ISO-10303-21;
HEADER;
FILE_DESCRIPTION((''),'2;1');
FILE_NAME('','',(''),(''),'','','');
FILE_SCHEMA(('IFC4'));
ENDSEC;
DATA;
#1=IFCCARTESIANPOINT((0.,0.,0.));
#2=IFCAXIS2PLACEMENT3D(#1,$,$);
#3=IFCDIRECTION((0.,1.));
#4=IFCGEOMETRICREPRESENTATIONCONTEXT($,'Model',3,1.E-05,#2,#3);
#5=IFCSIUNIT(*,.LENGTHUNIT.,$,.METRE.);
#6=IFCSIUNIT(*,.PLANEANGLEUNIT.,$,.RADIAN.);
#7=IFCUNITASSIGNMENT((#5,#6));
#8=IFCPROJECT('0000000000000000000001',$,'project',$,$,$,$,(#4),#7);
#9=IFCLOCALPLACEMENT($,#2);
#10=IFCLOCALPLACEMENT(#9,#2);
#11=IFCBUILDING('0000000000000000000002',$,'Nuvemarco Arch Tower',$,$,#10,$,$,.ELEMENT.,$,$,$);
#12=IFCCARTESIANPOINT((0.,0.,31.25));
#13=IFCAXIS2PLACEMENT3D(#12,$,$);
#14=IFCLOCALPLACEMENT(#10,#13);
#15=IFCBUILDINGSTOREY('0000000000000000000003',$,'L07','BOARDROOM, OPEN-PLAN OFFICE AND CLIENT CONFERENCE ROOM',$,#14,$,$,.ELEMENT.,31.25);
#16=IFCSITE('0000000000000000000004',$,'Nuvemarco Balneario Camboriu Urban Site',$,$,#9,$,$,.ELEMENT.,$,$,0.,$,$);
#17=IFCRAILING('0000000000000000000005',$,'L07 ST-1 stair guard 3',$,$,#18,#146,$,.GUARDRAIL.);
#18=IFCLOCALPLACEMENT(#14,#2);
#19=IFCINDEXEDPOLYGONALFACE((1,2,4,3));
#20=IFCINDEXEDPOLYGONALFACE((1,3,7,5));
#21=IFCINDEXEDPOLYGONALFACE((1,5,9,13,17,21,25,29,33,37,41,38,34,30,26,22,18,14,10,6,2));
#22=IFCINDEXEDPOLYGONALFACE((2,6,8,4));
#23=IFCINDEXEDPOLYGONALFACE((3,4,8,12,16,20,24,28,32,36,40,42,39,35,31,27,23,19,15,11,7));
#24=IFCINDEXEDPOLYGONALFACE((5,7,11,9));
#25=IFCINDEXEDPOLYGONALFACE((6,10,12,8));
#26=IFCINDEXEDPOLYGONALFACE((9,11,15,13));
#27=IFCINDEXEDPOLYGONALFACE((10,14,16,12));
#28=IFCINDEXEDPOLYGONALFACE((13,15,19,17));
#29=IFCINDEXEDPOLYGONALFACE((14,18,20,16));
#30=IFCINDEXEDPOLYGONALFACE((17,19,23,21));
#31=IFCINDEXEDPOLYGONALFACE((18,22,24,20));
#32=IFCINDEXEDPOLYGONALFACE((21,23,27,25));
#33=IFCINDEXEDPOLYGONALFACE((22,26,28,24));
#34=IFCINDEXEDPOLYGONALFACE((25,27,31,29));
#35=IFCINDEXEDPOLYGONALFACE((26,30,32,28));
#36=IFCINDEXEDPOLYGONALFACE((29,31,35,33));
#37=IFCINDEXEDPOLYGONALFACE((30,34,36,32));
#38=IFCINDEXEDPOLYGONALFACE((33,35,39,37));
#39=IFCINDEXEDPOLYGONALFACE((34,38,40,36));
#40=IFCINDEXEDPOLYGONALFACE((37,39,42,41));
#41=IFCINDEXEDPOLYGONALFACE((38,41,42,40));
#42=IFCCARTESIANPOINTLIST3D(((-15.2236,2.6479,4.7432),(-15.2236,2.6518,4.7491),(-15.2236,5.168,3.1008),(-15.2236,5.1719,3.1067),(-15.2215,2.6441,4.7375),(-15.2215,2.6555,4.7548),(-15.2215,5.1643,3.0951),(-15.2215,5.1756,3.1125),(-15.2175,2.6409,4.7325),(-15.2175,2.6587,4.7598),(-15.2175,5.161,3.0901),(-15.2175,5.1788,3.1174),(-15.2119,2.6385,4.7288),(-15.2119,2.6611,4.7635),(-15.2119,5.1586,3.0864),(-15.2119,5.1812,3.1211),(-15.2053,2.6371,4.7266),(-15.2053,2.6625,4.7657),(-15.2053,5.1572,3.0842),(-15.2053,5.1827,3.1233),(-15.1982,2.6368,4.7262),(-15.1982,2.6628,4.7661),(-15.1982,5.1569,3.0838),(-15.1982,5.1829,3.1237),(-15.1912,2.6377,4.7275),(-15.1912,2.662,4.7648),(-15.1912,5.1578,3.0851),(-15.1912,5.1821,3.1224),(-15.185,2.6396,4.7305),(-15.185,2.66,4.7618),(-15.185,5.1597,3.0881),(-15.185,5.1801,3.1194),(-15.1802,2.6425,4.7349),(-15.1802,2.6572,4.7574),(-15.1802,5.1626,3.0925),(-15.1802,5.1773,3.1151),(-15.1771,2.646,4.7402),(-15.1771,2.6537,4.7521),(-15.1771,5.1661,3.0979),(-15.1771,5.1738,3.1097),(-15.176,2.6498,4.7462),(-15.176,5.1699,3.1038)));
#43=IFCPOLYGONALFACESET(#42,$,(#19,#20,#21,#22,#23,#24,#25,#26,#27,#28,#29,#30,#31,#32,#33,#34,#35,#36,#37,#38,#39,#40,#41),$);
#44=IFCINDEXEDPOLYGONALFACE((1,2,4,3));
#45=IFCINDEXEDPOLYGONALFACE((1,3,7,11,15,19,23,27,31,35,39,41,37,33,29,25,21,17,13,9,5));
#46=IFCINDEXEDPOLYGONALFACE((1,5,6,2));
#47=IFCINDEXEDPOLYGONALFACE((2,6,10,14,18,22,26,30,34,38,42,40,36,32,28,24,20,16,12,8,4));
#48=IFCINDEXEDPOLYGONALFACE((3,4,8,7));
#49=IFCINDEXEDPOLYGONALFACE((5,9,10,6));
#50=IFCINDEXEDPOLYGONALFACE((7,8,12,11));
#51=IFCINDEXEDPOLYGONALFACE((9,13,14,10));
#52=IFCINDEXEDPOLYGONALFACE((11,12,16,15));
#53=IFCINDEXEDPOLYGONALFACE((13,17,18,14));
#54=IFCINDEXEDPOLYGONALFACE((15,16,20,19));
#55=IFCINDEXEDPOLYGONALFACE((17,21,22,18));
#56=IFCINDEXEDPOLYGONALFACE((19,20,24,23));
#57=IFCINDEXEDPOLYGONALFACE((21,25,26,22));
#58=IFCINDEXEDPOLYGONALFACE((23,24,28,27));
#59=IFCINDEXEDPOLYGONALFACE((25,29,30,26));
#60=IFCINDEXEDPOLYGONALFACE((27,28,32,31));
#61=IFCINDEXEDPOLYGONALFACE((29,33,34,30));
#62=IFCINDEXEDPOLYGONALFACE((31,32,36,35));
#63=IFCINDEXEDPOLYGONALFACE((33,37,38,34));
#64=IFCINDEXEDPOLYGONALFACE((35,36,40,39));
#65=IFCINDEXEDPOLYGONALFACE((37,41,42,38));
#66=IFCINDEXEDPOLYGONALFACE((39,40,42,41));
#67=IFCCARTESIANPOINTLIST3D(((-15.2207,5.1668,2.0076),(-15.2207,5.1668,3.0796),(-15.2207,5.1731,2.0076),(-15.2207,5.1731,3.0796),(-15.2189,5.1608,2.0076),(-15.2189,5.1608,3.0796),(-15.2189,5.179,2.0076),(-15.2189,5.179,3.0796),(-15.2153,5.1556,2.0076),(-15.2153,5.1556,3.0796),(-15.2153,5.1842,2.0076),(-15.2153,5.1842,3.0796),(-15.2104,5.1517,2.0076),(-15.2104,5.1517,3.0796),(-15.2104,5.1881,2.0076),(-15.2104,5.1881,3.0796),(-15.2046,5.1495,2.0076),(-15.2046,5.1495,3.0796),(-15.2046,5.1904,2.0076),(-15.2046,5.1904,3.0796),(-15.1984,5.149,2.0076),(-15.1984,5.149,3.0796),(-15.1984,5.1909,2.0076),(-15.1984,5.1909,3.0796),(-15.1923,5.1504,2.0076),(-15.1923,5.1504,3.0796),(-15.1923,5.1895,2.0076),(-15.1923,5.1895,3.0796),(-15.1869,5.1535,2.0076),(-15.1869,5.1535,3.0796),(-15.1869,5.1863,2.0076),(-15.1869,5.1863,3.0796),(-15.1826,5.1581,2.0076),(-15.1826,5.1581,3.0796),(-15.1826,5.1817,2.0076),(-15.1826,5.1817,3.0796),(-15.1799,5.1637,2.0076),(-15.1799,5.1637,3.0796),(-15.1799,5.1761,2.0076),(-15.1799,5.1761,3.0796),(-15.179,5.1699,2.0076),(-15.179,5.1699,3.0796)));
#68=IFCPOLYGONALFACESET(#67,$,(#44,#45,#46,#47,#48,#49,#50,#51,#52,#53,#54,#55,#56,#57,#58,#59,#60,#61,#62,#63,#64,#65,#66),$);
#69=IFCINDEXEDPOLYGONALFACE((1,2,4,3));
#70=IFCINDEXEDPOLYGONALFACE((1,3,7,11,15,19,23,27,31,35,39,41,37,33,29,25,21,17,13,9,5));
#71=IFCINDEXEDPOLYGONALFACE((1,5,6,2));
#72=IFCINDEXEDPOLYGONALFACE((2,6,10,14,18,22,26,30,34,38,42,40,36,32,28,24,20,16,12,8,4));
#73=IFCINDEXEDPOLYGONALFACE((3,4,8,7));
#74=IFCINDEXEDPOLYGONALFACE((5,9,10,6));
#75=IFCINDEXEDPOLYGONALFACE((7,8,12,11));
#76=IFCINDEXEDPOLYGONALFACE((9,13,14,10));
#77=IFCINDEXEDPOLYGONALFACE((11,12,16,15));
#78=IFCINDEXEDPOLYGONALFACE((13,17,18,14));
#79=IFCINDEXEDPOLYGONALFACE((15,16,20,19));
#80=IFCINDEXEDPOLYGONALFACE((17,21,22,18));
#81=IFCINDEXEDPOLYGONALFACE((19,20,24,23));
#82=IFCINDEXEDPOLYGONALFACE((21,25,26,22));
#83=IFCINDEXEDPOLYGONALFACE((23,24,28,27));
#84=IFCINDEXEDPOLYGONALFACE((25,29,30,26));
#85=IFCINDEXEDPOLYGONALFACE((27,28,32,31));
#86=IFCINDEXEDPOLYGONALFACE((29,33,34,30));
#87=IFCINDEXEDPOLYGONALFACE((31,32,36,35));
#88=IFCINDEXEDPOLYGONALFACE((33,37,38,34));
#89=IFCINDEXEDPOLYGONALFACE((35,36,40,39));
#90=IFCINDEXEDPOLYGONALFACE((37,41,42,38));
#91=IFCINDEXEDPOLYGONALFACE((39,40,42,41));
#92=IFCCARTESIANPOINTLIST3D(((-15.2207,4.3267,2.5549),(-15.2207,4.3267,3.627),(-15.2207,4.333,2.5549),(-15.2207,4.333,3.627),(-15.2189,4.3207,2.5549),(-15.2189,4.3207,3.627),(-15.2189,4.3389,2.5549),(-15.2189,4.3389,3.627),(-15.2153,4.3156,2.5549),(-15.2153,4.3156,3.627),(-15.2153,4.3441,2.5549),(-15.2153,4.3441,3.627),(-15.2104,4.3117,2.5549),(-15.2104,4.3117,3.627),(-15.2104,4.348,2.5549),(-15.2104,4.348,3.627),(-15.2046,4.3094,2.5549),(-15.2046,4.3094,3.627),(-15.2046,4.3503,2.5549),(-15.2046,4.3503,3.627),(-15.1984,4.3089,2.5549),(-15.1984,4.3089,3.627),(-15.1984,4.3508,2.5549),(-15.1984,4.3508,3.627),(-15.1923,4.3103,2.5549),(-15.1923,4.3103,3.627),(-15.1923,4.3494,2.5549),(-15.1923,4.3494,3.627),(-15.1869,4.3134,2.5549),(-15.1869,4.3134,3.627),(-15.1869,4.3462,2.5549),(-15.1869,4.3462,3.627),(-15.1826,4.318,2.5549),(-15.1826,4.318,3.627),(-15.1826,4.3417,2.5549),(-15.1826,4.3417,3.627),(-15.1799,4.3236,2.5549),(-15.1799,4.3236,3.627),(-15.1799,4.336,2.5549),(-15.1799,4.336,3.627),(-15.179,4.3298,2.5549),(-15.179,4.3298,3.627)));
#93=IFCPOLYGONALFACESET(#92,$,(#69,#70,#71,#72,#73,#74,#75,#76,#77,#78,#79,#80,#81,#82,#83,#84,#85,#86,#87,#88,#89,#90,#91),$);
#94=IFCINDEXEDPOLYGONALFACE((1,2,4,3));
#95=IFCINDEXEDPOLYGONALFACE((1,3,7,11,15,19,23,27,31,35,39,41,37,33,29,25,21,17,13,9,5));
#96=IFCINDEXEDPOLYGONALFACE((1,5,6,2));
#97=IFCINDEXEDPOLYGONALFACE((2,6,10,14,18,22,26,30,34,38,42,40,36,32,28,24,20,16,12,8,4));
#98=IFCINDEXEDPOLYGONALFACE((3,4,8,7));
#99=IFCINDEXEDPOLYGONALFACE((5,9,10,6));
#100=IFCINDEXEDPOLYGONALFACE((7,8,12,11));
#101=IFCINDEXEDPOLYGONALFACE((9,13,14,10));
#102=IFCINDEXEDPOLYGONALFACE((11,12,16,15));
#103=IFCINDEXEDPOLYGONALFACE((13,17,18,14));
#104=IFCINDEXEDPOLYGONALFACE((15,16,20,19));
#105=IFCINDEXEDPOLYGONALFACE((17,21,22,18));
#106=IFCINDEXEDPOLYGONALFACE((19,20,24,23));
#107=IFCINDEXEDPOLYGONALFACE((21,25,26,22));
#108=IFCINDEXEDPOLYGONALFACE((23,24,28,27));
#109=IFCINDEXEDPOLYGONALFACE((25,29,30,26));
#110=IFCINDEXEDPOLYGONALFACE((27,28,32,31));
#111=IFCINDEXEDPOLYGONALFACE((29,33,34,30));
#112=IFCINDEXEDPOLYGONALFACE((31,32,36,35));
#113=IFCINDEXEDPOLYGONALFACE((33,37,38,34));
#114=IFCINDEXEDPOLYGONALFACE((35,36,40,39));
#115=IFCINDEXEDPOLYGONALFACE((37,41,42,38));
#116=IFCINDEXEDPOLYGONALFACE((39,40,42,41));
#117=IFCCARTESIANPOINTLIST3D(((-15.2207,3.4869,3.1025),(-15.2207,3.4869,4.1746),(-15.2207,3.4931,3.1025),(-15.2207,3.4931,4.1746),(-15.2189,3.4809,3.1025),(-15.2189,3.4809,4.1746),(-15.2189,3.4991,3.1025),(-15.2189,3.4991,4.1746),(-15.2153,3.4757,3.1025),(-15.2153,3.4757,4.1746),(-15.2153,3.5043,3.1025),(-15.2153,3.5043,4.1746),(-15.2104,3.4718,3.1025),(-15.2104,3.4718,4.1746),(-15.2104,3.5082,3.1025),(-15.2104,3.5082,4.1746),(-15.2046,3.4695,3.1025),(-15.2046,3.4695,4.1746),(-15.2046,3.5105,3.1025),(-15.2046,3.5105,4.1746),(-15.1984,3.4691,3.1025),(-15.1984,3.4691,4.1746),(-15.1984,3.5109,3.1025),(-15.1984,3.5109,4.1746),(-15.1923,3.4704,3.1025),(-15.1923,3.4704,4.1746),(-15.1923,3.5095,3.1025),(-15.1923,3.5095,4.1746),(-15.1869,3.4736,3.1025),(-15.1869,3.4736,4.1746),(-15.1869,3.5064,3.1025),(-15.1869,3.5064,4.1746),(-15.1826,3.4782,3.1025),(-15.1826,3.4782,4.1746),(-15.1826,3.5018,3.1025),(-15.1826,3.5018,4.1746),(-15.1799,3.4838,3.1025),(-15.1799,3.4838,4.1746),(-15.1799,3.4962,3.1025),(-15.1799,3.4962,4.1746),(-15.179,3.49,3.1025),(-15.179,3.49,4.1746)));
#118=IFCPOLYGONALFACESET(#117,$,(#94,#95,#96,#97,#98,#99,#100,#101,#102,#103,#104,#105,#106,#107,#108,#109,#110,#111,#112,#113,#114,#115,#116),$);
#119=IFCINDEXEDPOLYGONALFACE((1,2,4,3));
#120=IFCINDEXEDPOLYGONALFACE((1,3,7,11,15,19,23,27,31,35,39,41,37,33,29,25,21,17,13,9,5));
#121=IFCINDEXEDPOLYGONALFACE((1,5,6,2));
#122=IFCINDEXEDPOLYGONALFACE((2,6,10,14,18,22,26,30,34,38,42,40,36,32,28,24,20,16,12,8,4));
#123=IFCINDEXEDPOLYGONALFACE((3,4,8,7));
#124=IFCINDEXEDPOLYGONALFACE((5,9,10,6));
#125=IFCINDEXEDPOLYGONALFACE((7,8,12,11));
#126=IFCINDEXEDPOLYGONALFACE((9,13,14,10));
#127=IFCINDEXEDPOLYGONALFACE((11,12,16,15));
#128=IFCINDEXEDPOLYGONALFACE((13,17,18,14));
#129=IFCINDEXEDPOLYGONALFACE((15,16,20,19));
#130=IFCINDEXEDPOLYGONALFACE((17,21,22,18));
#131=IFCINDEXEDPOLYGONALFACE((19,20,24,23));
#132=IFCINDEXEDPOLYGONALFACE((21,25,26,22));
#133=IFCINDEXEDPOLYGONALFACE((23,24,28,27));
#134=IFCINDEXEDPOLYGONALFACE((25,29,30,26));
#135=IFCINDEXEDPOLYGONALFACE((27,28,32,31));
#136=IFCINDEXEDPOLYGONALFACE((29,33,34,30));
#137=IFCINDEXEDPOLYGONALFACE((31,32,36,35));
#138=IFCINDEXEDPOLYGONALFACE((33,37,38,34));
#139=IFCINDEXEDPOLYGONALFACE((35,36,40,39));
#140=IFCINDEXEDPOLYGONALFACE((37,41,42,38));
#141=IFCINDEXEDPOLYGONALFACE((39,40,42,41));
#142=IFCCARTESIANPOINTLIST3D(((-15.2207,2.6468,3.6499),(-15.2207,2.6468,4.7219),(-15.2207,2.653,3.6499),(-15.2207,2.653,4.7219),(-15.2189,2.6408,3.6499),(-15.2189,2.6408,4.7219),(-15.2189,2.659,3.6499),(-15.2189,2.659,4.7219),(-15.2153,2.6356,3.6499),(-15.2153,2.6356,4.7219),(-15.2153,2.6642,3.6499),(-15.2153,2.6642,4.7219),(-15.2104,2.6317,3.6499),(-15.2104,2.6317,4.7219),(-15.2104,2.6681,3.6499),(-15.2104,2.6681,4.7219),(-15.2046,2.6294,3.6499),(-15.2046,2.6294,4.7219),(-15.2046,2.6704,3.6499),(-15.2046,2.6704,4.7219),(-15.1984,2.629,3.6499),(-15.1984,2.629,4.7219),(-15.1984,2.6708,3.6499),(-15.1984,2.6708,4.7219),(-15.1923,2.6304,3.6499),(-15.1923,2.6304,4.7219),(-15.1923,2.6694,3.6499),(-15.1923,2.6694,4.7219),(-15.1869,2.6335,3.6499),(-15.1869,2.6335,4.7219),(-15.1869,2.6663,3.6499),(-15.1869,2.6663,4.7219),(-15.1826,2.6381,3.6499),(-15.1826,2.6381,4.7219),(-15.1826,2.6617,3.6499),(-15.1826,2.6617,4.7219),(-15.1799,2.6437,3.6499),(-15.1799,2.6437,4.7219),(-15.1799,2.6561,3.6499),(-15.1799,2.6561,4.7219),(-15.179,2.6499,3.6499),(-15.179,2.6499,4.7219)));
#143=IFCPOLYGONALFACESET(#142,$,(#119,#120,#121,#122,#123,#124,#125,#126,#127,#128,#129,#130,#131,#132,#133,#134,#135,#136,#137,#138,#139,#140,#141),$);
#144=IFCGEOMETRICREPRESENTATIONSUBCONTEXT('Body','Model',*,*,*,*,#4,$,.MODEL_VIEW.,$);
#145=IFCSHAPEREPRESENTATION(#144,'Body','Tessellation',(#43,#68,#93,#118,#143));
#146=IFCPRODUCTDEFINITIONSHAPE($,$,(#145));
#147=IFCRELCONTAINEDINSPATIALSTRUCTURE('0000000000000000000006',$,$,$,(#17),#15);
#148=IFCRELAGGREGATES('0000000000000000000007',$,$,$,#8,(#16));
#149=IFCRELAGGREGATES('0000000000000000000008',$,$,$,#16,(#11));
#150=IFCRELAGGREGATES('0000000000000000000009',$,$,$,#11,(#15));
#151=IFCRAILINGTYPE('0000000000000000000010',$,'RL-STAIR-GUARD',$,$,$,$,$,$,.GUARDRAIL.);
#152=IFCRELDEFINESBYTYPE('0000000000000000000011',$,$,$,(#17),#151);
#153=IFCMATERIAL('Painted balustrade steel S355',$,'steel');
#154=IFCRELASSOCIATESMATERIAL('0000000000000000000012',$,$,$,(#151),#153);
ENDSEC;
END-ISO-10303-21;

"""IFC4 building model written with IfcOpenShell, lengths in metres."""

from ifc_helpers import new_model, si_unit, direction, frame, origin, origin_2d, place, context, subcontext, project, spatial, circle, extrude, material, type_object, element, save


model = new_model("IFC4")

# Units and contexts
model_context = context("Model", 3, precision=1e-05, world=origin(), true_north=direction((0.0, 1.0)))
body_context = subcontext(model_context, "Body", "Model", "MODEL_VIEW")
ifc_project = project(units=[si_unit("LENGTHUNIT", "METRE"), si_unit("PLANEANGLEUNIT", "RADIAN")], contexts=[model_context])

# Site, building, storey
site_placement = place(None, origin())
site = spatial("IfcSite", under=ifc_project, at=site_placement, Name="Nuvemarco Balneario Camboriu Urban Site", CompositionType="ELEMENT", RefElevation=0.0)
building_placement = place(site_placement, origin())
building = spatial("IfcBuilding", under=site, at=building_placement, Name="Nuvemarco Arch Tower", CompositionType="ELEMENT")
storey_placement = place(building_placement, frame((0.0, 0.0, 31.25)))
storey = spatial("IfcBuildingStorey", under=building, at=storey_placement, Name="L07", Description="BOARDROOM, OPEN-PLAN OFFICE AND CLIENT CONFERENCE ROOM", CompositionType="ELEMENT", Elevation=31.25)

# Railing
ifc_material_1 = material(Name="Painted balustrade steel S355", Category="steel")
railing_type_1 = type_object("IfcRailingType", Name="RL-STAIR-GUARD", PredefinedType="GUARDRAIL", material=ifc_material_1)
railing_1_placement = place(storey_placement, frame((-15.2, 5.1699, 2.0076)))
element("IfcRailing", 1, at=railing_1_placement, inside=storey, type_object=railing_type_1, Name="L07 ST-1 stair guard 3", PredefinedType="GUARDRAIL", context=body_context, shape_type="SweptSolid", body=[
    extrude(circle(Radius=0.0239, at=origin_2d()), frame((0.0, 0.0, 1.0962), z_axis=(0.0, -0.837787, 0.545998), x_axis=(1.0, 0.0, 0.0)), (0.0, 0.0, 1.0), 3.0081),
    extrude(circle(Radius=0.021, at=origin_2d()), origin(), (0.0, 0.0, 1.0), 1.072),
    extrude(circle(Radius=0.021, at=origin_2d()), frame((0.0, -0.8401, 0.5474)), (0.0, 0.0, 1.0), 1.072),
    extrude(circle(Radius=0.021, at=origin_2d()), frame((0.0, -1.6799, 1.095)), (0.0, 0.0, 1.0), 1.072),
    extrude(circle(Radius=0.021, at=origin_2d()), frame((0.0, -2.52, 1.6423)), (0.0, 0.0, 1.0), 1.072),
])

save(model, "model.ifc")
